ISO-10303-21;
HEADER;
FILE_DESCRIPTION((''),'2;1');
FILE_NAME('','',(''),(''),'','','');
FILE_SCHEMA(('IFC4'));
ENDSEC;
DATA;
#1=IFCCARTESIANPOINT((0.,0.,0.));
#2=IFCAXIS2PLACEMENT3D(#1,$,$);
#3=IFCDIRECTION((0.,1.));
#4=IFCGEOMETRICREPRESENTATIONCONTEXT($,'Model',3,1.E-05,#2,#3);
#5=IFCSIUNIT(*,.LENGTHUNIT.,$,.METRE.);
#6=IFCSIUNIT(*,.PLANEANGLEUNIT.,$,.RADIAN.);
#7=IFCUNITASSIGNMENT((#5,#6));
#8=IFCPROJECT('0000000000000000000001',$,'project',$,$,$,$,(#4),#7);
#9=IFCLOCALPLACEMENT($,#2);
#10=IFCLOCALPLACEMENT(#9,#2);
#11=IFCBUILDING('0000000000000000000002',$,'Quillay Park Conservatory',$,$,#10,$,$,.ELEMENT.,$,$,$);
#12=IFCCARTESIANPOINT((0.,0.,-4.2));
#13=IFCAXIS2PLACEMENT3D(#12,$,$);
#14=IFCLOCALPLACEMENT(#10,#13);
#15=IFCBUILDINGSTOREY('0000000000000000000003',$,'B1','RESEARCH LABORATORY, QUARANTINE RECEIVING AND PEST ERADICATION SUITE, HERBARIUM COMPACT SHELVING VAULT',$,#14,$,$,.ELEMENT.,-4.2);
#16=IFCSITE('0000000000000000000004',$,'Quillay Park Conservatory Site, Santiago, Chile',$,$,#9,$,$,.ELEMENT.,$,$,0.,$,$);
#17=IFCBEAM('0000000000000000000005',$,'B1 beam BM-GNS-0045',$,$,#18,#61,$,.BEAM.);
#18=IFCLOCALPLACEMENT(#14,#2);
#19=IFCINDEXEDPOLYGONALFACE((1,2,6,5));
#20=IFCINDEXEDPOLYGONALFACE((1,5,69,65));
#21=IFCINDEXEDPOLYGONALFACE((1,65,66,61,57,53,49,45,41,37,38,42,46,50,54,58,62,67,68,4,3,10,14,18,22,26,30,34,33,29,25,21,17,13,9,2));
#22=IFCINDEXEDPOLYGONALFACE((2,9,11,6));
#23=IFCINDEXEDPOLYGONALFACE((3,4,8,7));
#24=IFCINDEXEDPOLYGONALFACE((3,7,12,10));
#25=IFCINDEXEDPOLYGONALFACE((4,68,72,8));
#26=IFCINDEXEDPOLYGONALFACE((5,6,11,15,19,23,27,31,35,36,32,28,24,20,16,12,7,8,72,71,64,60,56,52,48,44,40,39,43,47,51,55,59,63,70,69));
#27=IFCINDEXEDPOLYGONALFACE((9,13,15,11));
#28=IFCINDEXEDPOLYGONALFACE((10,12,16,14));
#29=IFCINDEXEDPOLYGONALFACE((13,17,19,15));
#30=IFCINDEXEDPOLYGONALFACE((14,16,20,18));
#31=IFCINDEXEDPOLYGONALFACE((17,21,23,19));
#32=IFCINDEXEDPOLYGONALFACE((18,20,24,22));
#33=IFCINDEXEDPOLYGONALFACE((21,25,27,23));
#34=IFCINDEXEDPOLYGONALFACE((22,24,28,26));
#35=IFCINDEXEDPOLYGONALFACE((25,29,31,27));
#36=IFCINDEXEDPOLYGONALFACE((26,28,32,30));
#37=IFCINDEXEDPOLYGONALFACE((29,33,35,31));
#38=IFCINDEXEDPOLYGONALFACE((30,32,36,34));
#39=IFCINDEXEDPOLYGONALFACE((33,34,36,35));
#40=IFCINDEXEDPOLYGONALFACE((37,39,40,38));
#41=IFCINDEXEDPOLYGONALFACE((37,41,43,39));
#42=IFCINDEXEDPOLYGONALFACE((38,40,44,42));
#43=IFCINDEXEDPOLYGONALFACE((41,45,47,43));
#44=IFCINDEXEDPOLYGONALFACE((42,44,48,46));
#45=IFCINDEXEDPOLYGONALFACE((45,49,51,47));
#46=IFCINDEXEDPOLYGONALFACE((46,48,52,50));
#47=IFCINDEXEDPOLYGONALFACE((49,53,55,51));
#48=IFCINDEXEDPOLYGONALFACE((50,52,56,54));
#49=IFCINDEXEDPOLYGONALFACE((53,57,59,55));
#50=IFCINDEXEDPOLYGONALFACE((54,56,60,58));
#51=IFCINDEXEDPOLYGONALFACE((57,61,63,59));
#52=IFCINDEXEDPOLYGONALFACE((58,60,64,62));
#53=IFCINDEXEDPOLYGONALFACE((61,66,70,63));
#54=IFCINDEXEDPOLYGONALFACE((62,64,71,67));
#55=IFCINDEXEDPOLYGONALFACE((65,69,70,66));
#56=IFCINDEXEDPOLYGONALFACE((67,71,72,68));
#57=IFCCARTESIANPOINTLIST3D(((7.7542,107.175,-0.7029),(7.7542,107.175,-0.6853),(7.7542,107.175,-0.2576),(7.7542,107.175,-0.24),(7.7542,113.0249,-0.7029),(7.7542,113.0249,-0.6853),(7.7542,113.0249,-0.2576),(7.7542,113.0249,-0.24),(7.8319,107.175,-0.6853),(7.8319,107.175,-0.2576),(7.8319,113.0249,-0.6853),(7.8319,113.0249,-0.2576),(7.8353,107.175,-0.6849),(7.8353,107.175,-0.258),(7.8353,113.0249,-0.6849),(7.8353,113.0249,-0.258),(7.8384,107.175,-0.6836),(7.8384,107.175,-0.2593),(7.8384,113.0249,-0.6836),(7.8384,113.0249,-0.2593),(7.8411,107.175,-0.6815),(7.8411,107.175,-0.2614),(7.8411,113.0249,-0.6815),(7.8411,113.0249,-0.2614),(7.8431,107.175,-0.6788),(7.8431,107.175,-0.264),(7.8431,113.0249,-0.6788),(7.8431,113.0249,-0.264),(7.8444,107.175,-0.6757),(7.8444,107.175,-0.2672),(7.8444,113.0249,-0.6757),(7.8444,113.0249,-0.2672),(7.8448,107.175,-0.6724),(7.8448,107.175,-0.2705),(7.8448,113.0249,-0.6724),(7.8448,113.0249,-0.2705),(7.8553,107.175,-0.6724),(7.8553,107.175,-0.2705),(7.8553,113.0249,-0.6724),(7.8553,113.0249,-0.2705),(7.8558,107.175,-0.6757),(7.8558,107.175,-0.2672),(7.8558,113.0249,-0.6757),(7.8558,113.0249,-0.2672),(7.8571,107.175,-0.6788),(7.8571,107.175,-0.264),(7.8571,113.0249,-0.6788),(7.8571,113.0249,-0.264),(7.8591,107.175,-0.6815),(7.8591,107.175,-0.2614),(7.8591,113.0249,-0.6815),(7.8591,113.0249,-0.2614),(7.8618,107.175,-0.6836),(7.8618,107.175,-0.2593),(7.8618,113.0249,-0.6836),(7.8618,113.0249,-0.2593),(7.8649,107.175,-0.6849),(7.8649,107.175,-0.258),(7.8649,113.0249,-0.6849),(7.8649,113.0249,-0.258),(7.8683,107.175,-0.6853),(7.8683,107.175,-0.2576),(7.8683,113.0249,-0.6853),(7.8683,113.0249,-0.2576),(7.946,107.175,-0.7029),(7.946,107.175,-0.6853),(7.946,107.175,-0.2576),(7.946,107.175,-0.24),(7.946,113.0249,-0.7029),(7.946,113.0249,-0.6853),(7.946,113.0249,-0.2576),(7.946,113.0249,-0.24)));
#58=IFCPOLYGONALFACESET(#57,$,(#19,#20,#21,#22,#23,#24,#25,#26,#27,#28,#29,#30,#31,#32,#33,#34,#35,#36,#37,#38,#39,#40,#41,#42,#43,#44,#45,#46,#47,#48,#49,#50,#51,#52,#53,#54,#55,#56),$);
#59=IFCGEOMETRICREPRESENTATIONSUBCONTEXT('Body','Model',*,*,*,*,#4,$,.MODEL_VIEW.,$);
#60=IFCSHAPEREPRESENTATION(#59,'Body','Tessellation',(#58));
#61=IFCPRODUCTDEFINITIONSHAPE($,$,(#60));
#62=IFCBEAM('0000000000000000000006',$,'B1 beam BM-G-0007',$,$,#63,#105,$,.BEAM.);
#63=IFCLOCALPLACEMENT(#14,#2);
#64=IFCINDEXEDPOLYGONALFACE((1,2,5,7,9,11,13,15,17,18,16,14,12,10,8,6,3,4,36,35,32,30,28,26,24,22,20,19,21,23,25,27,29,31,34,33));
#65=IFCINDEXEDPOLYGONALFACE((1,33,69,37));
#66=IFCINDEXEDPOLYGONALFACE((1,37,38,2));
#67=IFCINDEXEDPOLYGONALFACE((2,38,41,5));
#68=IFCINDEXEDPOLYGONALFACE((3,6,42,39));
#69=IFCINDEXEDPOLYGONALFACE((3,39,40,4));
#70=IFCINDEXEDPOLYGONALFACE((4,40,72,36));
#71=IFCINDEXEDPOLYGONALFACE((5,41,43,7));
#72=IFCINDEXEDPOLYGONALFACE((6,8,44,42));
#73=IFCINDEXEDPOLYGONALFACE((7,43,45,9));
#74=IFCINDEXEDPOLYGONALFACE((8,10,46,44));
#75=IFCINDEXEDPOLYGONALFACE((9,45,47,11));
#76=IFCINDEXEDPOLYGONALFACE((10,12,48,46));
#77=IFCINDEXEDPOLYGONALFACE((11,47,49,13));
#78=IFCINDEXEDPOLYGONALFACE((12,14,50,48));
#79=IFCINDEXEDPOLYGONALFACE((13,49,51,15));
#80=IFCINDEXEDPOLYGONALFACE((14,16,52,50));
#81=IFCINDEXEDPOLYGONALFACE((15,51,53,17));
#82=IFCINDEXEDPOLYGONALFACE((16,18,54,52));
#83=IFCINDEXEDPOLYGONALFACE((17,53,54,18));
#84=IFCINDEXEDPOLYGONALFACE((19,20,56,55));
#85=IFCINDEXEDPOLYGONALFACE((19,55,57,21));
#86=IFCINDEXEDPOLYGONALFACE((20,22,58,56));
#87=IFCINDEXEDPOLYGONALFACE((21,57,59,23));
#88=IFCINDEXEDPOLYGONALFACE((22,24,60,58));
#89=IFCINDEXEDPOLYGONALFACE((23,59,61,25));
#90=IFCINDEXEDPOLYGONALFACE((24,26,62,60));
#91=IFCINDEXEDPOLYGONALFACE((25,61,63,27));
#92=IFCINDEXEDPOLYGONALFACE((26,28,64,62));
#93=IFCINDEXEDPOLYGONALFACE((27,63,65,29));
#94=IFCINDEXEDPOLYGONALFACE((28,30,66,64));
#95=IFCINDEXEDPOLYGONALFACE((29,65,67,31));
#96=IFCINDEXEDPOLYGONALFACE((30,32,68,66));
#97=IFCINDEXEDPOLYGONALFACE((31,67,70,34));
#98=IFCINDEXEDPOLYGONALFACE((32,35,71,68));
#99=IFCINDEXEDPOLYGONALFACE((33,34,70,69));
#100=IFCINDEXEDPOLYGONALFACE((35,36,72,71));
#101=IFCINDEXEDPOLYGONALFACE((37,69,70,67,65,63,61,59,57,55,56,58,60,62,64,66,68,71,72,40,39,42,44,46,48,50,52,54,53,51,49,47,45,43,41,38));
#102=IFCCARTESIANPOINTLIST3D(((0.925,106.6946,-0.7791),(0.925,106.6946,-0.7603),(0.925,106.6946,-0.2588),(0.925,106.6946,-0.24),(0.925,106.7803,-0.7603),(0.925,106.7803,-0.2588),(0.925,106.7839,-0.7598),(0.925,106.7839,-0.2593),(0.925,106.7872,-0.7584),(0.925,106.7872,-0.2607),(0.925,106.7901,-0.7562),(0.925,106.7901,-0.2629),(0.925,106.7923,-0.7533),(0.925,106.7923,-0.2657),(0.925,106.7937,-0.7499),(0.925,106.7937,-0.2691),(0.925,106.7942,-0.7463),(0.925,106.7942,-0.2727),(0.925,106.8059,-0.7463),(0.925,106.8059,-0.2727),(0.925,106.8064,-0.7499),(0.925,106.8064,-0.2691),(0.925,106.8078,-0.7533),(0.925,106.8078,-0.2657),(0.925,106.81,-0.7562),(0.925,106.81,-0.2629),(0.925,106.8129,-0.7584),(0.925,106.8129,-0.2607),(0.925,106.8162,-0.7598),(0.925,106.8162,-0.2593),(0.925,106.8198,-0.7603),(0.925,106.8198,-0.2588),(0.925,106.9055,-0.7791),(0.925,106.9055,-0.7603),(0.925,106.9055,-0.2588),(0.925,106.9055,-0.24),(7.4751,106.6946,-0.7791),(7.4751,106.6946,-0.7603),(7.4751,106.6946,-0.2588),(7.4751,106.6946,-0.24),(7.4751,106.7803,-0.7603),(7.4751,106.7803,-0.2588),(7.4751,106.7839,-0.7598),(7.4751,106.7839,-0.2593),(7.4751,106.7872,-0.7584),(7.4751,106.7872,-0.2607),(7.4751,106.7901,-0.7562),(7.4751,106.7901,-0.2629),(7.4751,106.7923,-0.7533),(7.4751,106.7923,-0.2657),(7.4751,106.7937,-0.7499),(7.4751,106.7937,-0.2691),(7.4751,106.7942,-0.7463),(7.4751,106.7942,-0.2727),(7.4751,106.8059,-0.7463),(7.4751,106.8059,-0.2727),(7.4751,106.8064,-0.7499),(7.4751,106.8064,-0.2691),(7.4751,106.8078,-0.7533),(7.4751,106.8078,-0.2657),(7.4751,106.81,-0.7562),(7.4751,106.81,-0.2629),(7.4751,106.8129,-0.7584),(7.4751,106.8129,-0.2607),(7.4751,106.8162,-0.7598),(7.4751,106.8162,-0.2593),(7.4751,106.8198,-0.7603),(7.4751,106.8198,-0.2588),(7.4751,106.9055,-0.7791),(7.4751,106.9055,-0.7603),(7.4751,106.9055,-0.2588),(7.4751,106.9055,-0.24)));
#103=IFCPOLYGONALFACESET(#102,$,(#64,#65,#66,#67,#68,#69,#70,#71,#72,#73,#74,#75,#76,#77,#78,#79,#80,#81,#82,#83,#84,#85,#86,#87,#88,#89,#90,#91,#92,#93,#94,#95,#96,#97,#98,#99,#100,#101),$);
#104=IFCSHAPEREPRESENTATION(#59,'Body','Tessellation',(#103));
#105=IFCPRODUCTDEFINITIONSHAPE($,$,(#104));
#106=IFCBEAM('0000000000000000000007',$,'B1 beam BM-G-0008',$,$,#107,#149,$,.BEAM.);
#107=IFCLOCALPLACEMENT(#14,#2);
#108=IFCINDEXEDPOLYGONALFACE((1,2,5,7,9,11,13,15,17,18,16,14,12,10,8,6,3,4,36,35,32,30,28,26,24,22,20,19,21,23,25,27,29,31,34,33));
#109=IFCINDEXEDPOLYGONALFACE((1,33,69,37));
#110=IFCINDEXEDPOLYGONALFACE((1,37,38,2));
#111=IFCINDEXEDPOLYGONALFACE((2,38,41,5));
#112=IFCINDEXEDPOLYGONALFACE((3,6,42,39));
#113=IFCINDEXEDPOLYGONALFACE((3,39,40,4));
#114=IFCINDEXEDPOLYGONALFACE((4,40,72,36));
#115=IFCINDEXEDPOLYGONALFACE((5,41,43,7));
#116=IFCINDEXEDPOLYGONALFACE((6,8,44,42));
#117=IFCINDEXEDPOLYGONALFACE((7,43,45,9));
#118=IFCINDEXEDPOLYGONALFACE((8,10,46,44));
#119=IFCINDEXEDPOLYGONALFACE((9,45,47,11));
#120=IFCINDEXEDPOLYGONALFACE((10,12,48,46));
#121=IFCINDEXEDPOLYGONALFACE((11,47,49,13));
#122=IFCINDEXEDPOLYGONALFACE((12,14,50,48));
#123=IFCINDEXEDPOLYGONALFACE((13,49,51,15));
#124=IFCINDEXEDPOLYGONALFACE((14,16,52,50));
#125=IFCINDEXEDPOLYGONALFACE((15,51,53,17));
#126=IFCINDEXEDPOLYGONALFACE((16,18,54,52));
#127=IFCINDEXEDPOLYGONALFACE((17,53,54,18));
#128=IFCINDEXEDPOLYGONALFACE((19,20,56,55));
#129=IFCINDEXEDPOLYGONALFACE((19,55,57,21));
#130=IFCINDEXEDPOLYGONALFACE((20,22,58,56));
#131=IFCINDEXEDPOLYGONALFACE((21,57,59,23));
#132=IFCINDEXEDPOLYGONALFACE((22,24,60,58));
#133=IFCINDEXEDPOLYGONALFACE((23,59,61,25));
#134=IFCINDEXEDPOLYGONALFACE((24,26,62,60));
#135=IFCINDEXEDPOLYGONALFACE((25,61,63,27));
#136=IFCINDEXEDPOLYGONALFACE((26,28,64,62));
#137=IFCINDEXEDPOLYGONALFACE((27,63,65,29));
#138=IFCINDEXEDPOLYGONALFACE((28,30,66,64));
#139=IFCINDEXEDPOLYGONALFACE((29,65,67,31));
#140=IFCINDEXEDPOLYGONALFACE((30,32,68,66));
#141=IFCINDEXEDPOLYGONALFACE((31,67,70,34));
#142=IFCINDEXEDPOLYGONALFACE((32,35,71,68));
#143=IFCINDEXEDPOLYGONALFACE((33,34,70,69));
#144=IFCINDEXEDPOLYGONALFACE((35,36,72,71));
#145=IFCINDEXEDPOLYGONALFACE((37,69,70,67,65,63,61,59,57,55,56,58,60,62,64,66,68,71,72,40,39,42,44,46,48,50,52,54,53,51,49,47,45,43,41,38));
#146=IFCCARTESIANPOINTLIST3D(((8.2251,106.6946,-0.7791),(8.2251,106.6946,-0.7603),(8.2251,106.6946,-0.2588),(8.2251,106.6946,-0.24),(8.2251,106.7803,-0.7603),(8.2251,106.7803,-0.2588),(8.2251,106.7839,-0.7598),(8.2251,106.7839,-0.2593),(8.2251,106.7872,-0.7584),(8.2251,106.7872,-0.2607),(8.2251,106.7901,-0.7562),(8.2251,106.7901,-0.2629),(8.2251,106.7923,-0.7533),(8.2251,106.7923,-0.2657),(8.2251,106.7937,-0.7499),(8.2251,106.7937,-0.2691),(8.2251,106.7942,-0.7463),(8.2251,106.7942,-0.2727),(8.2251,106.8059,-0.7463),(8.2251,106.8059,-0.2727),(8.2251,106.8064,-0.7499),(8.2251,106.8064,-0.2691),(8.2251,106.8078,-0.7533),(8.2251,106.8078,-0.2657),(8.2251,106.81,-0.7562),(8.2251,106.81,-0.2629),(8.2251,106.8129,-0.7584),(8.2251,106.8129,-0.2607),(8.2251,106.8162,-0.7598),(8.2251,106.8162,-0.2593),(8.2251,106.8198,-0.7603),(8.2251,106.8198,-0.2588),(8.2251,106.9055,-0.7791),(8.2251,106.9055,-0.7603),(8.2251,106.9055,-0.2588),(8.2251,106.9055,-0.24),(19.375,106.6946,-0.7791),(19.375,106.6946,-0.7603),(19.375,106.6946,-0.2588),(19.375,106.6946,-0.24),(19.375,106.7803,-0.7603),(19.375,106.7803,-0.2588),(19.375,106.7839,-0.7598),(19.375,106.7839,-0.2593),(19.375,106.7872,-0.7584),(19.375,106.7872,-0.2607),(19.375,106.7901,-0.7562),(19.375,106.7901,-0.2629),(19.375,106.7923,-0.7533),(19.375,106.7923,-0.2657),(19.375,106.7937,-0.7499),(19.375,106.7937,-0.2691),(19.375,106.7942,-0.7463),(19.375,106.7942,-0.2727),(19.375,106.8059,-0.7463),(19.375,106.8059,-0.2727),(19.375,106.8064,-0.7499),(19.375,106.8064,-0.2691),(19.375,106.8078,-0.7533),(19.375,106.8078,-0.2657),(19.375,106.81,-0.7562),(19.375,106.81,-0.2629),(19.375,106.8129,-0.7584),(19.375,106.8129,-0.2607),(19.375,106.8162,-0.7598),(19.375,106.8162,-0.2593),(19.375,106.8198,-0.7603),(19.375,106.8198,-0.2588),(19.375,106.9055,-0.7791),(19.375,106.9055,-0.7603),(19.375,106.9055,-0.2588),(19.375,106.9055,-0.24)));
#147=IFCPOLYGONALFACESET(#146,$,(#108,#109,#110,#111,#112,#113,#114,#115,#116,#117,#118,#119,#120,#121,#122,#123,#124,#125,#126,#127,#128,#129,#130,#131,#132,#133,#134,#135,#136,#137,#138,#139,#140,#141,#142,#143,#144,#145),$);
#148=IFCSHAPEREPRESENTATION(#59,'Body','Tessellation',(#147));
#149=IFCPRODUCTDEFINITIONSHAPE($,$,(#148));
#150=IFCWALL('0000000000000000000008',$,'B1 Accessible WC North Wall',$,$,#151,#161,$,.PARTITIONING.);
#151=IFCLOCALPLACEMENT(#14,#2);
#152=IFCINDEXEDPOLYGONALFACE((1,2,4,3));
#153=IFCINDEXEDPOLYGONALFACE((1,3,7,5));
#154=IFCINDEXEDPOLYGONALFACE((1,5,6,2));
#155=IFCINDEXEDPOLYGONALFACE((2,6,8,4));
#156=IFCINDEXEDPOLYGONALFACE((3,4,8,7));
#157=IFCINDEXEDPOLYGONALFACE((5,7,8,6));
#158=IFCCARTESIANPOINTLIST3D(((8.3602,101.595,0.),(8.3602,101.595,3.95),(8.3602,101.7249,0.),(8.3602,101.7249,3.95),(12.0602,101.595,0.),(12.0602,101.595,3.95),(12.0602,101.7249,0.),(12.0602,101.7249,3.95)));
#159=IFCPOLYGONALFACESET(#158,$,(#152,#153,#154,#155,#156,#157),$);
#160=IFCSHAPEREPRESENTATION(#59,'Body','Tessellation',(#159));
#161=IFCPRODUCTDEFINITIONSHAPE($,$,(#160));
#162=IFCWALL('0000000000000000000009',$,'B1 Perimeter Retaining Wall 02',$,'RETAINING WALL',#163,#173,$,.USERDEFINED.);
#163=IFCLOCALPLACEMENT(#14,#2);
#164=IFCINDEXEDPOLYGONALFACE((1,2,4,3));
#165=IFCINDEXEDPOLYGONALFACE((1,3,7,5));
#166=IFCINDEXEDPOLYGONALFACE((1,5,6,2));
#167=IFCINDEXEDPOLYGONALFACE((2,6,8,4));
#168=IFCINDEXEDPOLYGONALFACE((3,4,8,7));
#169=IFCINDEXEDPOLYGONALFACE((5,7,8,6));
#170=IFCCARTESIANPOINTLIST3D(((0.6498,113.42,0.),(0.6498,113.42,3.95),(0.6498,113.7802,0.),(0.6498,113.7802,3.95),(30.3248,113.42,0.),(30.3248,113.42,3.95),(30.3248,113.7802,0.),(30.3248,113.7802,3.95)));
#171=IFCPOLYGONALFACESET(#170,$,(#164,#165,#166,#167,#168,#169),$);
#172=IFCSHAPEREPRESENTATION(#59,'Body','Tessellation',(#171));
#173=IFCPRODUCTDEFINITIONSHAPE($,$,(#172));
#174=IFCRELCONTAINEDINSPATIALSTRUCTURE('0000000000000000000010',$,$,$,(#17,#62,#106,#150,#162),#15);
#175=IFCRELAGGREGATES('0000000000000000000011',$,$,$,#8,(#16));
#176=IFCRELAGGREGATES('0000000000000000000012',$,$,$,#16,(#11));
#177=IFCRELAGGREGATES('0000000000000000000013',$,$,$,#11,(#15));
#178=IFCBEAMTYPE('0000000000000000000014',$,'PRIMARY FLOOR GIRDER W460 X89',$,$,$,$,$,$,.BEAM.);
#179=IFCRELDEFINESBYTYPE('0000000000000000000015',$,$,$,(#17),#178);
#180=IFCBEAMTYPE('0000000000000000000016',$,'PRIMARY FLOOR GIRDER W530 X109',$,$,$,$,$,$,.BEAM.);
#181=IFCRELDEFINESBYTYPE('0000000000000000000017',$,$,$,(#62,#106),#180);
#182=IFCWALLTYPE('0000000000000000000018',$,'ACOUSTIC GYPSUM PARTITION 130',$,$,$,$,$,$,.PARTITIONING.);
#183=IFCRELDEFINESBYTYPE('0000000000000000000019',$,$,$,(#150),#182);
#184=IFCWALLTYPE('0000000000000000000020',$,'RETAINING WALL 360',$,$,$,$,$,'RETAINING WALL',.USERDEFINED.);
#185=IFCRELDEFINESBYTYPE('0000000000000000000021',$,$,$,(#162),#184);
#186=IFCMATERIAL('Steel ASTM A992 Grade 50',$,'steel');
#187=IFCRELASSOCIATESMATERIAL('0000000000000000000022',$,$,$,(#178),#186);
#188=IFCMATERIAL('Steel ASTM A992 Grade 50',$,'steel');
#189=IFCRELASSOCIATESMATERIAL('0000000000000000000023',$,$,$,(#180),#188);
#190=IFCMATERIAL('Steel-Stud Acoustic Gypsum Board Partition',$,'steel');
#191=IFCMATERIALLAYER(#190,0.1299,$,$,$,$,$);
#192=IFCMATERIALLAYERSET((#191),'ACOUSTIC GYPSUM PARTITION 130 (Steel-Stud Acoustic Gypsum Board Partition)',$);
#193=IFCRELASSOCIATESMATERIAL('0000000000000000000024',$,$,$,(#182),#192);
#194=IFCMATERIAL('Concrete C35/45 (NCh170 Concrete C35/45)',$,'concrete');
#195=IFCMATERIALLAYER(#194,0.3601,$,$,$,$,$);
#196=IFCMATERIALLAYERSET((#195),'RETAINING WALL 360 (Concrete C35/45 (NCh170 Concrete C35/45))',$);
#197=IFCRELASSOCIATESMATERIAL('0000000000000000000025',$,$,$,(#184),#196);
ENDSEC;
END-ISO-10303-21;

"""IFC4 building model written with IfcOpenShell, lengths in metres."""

from ifc_helpers import new_model, si_unit, direction, frame, frame_2d, origin, origin_2d, place, context, subcontext, project, spatial, rectangle, i_section, extrude, material, layer, layer_set, material_profile, profile_set, type_object, element, save


model = new_model("IFC4")

# Units and contexts
model_context = context("Model", 3, precision=1e-05, world=origin(), true_north=direction((0.0, 1.0)))
body_context = subcontext(model_context, "Body", "Model", "MODEL_VIEW")
ifc_project = project(units=[si_unit("LENGTHUNIT", "METRE"), si_unit("PLANEANGLEUNIT", "RADIAN")], contexts=[model_context])

# Site, building, storey
site_placement = place(None, origin())
site = spatial("IfcSite", under=ifc_project, at=site_placement, Name="Quillay Park Conservatory Site, Santiago, Chile", CompositionType="ELEMENT", RefElevation=0.0)
building_placement = place(site_placement, origin())
building = spatial("IfcBuilding", under=site, at=building_placement, Name="Quillay Park Conservatory", CompositionType="ELEMENT")
storey_placement = place(building_placement, frame((0.0, 0.0, -4.2)))
storey = spatial("IfcBuildingStorey", under=building, at=storey_placement, Name="B1", Description="RESEARCH LABORATORY, QUARANTINE RECEIVING AND PEST ERADICATION SUITE, HERBARIUM COMPACT SHELVING VAULT", CompositionType="ELEMENT", Elevation=-4.2)

# Beams
ifc_material_1 = material(Name="Steel ASTM A992 Grade 50", Category="steel")
ifc_material_profile_1 = material_profile(ifc_material_1, i_section(OverallWidth=0.1919, OverallDepth=0.4629, WebThickness=0.0105, FlangeThickness=0.0176, FilletRadius=0.0129, at=origin_2d()), Name="W460x89")
ifc_profile_set_1 = profile_set([ifc_material_profile_1], Name="Steel ASTM A992 Grade 50")
beam_type_1 = type_object("IfcBeamType", Name="PRIMARY FLOOR GIRDER W460 X89", PredefinedType="BEAM", material=ifc_profile_set_1)
beam_1_placement = place(storey_placement, frame((7.8501, 107.175, -0.4714), z_axis=(0.0, 1.0, 0.0), x_axis=(-1.0, 0.0, 0.0)))
element("IfcBeam", 1, at=beam_1_placement, inside=storey, type_object=beam_type_1, Name="B1 beam BM-GNS-0045", PredefinedType="BEAM", context=body_context, shape_type="SweptSolid", body=[
    extrude(i_section(OverallWidth=0.1919, OverallDepth=0.4629, WebThickness=0.0105, FlangeThickness=0.0176, FilletRadius=0.0129, at=origin_2d()), origin(), (0.0, 0.0, 1.0), 5.8499),
])
ifc_material_2 = material(Name="Steel ASTM A992 Grade 50", Category="steel")
ifc_material_profile_2 = material_profile(ifc_material_2, i_section(OverallWidth=0.2109, OverallDepth=0.5391, WebThickness=0.0117, FlangeThickness=0.0188, FilletRadius=0.0139, at=origin_2d()), Name="W530x109")
ifc_profile_set_2 = profile_set([ifc_material_profile_2], Name="Steel ASTM A992 Grade 50")
beam_type_2 = type_object("IfcBeamType", Name="PRIMARY FLOOR GIRDER W530 X109", PredefinedType="BEAM", material=ifc_profile_set_2)
beam_2_placement = place(storey_placement, frame((0.925, 106.8, -0.5095), z_axis=(1.0, 0.0, 0.0), x_axis=(0.0, 1.0, 0.0)))
element("IfcBeam", 2, at=beam_2_placement, inside=storey, type_object=beam_type_2, Name="B1 beam BM-G-0007", PredefinedType="BEAM", context=body_context, shape_type="SweptSolid", body=[
    extrude(i_section(OverallWidth=0.2109, OverallDepth=0.5391, WebThickness=0.0117, FlangeThickness=0.0188, FilletRadius=0.0139, at=origin_2d()), origin(), (0.0, 0.0, 1.0), 6.55),
])
beam_3_placement = place(storey_placement, frame((8.2251, 106.8, -0.5095), z_axis=(1.0, 0.0, 0.0), x_axis=(0.0, 1.0, 0.0)))
element("IfcBeam", 3, at=beam_3_placement, inside=storey, type_object=beam_type_2, Name="B1 beam BM-G-0008", PredefinedType="BEAM", context=body_context, shape_type="SweptSolid", body=[
    extrude(i_section(OverallWidth=0.2109, OverallDepth=0.5391, WebThickness=0.0117, FlangeThickness=0.0188, FilletRadius=0.0139, at=origin_2d()), origin(), (0.0, 0.0, 1.0), 11.1499),
])

# Walls
ifc_material_3 = material(Name="Steel-Stud Acoustic Gypsum Board Partition", Category="steel")
ifc_layer_1 = layer(ifc_material_3, 0.1299)
ifc_layer_set_1 = layer_set([ifc_layer_1], Name="ACOUSTIC GYPSUM PARTITION 130 (Steel-Stud Acoustic Gypsum Board Partition)")
wall_type_1 = type_object("IfcWallType", Name="ACOUSTIC GYPSUM PARTITION 130", PredefinedType="PARTITIONING", material=ifc_layer_set_1)
wall_1_placement = place(storey_placement, frame((8.3601, 101.6599, 0.0), z_axis=(0.0, 0.0, 1.0), x_axis=(1.0, 0.0, 0.0)))
element("IfcWall", 4, at=wall_1_placement, inside=storey, type_object=wall_type_1, Name="B1 Accessible WC North Wall", PredefinedType="PARTITIONING", context=body_context, shape_type="SweptSolid", body=[
    extrude(rectangle(XDim=3.7, YDim=0.1299, at=frame_2d((1.8501, 0.0))), origin(), (0.0, 0.0, 1.0), 3.95),
])
ifc_material_4 = material(Name="Concrete C35/45 (NCh170 Concrete C35/45)", Category="concrete")
ifc_layer_2 = layer(ifc_material_4, 0.3601)
ifc_layer_set_2 = layer_set([ifc_layer_2], Name="RETAINING WALL 360 (Concrete C35/45 (NCh170 Concrete C35/45))")
wall_type_2 = type_object("IfcWallType", Name="RETAINING WALL 360", ElementType="RETAINING WALL", PredefinedType="USERDEFINED", material=ifc_layer_set_2)
wall_2_placement = place(storey_placement, frame((0.6499, 113.6001, 0.0), z_axis=(0.0, 0.0, 1.0), x_axis=(1.0, 0.0, 0.0)))
element("IfcWall", 5, at=wall_2_placement, inside=storey, type_object=wall_type_2, Name="B1 Perimeter Retaining Wall 02", ObjectType="RETAINING WALL", PredefinedType="USERDEFINED", context=body_context, shape_type="SweptSolid", body=[
    extrude(rectangle(XDim=29.675, YDim=0.3601, at=frame_2d((14.8374, 0.0))), origin(), (0.0, 0.0, 1.0), 3.95),
])

save(model, "model.ifc")
